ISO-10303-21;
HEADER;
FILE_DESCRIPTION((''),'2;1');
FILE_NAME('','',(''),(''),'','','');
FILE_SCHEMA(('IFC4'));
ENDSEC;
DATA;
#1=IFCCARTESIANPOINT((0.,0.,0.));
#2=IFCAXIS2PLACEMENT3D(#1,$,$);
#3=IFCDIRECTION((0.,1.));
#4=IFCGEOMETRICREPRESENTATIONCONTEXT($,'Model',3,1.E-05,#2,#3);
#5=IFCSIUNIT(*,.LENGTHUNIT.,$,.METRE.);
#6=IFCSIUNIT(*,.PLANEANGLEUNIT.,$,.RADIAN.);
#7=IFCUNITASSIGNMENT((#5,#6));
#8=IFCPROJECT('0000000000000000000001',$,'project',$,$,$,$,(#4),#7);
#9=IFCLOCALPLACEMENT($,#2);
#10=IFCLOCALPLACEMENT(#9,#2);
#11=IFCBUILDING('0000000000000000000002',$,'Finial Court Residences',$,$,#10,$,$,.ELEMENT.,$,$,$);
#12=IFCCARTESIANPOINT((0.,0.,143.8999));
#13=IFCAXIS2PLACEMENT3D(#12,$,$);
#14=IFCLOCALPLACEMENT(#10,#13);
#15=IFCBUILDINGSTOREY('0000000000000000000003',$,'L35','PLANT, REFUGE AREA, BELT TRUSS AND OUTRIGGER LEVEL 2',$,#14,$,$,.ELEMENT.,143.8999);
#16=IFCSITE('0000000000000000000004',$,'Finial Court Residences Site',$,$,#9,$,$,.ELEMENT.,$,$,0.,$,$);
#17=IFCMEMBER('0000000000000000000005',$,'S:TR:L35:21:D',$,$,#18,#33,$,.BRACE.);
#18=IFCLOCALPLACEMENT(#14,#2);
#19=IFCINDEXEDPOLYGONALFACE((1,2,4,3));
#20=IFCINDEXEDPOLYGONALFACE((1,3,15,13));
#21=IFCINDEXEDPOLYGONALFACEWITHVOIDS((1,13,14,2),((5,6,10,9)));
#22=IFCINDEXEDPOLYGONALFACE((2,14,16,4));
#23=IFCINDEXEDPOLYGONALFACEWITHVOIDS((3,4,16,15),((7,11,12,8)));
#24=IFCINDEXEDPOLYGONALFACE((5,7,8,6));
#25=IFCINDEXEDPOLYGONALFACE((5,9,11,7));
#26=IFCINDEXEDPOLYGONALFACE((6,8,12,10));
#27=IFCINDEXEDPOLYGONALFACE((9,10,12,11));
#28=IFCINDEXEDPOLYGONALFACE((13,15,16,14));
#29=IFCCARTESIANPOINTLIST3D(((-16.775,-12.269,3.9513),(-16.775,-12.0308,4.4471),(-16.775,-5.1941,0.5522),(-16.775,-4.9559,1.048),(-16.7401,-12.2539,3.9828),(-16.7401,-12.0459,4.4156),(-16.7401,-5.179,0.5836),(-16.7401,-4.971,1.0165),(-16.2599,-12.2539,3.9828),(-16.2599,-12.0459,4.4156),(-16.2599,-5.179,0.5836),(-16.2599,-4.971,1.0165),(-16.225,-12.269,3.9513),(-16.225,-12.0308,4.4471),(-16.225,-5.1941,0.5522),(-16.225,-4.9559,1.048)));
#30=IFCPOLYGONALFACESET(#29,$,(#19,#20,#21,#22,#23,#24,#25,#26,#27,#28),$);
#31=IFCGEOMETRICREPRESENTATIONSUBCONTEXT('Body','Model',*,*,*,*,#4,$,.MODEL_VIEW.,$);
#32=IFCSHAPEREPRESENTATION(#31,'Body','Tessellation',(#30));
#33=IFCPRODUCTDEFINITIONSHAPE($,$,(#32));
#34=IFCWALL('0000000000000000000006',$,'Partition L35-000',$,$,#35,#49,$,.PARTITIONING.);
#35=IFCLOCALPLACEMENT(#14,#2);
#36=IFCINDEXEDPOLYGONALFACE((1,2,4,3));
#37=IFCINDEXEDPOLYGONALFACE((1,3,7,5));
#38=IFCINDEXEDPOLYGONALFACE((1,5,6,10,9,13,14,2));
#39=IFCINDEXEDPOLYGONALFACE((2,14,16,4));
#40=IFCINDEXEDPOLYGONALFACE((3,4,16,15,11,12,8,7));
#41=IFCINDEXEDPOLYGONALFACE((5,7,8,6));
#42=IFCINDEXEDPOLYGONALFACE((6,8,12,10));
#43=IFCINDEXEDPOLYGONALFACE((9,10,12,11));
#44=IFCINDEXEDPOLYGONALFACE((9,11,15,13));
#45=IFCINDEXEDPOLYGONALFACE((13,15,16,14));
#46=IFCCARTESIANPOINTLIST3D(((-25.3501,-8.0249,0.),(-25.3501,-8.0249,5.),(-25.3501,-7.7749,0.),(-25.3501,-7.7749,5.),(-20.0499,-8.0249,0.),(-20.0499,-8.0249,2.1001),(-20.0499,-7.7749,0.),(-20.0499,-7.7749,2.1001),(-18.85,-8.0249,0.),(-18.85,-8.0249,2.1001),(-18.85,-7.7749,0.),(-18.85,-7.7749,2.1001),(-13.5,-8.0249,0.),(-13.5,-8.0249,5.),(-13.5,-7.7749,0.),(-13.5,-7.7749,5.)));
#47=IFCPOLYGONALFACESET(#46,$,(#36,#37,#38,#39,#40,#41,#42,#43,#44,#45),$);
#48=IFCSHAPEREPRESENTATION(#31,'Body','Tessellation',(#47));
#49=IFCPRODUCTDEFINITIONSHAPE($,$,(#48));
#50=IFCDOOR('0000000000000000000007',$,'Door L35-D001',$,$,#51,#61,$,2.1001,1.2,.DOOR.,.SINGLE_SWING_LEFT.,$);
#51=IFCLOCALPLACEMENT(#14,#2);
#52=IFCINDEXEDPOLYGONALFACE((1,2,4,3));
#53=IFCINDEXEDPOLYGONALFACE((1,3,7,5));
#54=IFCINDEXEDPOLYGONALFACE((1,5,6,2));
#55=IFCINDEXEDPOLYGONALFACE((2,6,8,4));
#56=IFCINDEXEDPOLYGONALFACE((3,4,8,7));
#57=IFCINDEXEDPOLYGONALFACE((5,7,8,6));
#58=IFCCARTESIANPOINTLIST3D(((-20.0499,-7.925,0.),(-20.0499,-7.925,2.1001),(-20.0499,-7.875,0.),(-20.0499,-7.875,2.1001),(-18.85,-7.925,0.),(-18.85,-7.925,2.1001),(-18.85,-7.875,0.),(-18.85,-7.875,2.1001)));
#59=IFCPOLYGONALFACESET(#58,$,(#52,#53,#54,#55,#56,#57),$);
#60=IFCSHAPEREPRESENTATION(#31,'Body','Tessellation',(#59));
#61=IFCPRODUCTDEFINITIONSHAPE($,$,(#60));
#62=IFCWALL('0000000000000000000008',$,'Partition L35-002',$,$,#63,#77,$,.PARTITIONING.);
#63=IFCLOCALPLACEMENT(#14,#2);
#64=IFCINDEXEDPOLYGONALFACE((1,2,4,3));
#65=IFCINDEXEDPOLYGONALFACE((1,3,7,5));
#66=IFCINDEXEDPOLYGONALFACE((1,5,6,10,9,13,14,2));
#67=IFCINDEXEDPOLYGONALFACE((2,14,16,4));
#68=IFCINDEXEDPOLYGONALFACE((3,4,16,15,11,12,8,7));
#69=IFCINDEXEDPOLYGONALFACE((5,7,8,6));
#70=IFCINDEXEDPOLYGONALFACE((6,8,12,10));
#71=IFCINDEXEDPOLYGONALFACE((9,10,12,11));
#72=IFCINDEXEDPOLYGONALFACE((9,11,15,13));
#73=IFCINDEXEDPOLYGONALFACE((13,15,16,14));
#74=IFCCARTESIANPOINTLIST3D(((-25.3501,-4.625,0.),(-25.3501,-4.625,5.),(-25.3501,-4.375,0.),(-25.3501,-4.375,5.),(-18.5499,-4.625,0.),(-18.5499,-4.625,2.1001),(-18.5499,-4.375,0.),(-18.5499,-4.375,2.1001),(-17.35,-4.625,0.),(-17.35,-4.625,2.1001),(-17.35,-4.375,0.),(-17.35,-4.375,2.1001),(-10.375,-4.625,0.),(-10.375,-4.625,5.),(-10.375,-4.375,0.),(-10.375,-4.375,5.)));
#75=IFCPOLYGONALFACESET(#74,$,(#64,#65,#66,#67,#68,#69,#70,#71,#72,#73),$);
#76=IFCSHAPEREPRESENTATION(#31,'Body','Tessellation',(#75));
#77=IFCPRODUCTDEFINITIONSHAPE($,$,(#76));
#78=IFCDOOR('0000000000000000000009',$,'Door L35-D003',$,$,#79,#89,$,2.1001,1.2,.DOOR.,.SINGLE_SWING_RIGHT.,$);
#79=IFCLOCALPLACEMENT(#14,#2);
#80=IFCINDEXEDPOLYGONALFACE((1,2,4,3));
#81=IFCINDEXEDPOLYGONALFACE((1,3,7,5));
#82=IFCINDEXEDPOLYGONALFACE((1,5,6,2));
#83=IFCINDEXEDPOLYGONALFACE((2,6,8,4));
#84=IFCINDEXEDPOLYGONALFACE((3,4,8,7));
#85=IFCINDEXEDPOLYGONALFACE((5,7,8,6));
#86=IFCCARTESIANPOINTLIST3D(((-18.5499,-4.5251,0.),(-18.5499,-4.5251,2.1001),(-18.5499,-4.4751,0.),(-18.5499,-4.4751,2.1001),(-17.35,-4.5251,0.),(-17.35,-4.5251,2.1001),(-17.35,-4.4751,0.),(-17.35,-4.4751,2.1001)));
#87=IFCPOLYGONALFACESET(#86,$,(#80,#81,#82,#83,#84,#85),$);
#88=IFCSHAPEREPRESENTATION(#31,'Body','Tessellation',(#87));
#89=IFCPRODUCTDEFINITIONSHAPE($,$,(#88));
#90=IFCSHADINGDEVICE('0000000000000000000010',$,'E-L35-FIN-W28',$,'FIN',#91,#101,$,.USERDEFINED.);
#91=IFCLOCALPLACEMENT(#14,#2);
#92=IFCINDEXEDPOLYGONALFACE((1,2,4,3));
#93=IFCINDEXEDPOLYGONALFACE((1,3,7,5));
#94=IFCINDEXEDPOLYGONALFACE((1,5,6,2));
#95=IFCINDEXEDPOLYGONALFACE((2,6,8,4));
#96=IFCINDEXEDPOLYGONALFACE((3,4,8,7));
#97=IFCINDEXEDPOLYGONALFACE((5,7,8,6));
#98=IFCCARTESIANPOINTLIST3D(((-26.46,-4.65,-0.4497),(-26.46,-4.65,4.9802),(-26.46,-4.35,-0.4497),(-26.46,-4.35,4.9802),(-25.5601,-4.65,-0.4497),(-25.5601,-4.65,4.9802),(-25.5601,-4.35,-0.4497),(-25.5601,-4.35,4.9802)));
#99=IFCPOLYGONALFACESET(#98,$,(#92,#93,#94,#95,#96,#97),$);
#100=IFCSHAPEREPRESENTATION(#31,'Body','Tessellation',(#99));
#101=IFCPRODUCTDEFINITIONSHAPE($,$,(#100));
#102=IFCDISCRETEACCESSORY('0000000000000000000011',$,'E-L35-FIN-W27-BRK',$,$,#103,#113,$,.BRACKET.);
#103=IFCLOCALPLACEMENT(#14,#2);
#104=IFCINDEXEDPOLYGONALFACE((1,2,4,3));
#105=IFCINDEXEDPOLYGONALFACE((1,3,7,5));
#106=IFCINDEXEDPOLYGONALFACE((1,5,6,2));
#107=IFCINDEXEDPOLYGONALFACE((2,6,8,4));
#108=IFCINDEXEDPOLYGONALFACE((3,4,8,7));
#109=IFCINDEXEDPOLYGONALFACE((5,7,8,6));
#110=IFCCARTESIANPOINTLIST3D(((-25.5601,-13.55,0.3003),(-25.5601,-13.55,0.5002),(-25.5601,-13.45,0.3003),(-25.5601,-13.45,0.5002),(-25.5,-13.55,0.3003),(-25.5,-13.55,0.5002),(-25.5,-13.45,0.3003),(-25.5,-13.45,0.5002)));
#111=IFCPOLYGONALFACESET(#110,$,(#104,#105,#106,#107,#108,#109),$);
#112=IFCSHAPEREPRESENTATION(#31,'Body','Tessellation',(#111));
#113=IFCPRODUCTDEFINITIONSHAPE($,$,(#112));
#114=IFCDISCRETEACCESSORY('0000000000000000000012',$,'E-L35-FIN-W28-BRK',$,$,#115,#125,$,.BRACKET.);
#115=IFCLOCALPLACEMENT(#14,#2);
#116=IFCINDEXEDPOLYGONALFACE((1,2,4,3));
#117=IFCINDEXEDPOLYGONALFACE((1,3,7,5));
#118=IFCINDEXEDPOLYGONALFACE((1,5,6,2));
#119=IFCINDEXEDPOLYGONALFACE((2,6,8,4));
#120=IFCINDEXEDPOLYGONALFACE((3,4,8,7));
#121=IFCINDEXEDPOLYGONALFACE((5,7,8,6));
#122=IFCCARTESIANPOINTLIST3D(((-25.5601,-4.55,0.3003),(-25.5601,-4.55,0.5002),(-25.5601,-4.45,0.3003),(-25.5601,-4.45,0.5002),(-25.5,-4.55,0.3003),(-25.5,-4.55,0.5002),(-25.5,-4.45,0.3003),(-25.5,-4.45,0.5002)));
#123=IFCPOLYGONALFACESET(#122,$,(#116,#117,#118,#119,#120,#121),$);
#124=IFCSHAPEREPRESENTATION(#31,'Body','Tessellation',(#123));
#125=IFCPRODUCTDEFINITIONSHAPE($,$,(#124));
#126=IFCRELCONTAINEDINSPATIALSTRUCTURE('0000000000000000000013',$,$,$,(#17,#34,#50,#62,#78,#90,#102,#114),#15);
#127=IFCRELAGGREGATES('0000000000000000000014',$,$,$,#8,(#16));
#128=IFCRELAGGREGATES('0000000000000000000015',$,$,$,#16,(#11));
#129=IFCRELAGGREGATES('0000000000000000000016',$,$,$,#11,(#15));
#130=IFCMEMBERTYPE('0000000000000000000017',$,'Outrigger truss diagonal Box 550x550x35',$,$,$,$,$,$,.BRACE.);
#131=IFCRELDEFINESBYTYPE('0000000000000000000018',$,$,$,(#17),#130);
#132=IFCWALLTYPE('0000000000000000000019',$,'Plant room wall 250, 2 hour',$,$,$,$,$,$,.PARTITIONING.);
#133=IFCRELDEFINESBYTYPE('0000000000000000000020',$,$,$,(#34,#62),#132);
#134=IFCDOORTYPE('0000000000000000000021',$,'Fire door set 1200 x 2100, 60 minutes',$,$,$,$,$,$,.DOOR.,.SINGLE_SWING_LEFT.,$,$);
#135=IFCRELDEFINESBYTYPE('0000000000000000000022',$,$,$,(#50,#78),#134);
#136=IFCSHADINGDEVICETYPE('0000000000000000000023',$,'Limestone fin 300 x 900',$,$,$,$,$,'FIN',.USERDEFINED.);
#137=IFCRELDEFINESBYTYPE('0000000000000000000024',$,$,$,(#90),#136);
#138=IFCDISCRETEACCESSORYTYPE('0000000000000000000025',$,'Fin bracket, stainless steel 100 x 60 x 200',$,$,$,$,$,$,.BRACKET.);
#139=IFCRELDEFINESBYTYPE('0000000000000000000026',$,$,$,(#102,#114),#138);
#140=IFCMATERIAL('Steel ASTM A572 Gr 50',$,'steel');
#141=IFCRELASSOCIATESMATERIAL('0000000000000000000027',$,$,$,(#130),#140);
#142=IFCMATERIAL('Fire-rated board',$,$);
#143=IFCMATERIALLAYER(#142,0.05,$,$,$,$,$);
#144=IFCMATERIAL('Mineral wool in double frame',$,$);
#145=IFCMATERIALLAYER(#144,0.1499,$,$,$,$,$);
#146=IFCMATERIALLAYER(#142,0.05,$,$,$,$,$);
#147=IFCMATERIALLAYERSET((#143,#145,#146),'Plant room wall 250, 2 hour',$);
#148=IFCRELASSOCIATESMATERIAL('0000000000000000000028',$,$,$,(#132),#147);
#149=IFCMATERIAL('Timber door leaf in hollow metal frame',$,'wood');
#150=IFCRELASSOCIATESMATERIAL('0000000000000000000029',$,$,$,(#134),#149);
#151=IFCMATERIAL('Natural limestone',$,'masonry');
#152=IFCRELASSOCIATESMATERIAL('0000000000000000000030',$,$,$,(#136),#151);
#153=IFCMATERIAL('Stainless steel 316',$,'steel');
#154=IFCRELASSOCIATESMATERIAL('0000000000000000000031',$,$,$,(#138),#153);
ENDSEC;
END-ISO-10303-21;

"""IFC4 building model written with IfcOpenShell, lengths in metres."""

from ifc_helpers import new_model, si_unit, direction, frame, frame_2d, origin, origin_2d, place, context, subcontext, project, spatial, rectangle, hollow_rectangle, extrude, material, layer, layer_set, material_profile, profile_set, type_object, element, fill, save


model = new_model("IFC4")

# Units and contexts
model_context = context("Model", 3, precision=1e-05, world=origin(), true_north=direction((0.0, 1.0)))
body_context = subcontext(model_context, "Body", "Model", "MODEL_VIEW")
ifc_project = project(units=[si_unit("LENGTHUNIT", "METRE"), si_unit("PLANEANGLEUNIT", "RADIAN")], contexts=[model_context])

# Site, building, storey
site_placement = place(None, origin())
site = spatial("IfcSite", under=ifc_project, at=site_placement, Name="Finial Court Residences Site", CompositionType="ELEMENT", RefElevation=0.0)
building_placement = place(site_placement, origin())
building = spatial("IfcBuilding", under=site, at=building_placement, Name="Finial Court Residences", CompositionType="ELEMENT")
storey_placement = place(building_placement, frame((0.0, 0.0, 143.8999)))
storey = spatial("IfcBuildingStorey", under=building, at=storey_placement, Name="L35", Description="PLANT, REFUGE AREA, BELT TRUSS AND OUTRIGGER LEVEL 2", CompositionType="ELEMENT", Elevation=143.8999)

# Member
ifc_material_1 = material(Name="Steel ASTM A572 Gr 50", Category="steel")
ifc_material_profile_1 = material_profile(ifc_material_1, hollow_rectangle(XDim=0.55, YDim=0.55, WallThickness=0.0349, at=origin_2d()), Name="Box 550x550x35")
ifc_profile_set_1 = profile_set([ifc_material_profile_1], Name="Steel ASTM A572 Gr 50")
member_type_1 = type_object("IfcMemberType", Name="Outrigger truss diagonal Box 550x550x35", PredefinedType="BRACE", material=ifc_profile_set_1)
member_1_placement = place(storey_placement, frame((-16.5, -12.1499, 4.1992), z_axis=(0.0, 0.901364, -0.433062), x_axis=(-1.0, 0.0, 0.0)))
element("IfcMember", 1, at=member_1_placement, inside=storey, type_object=member_type_1, Name="S:TR:L35:21:D", PredefinedType="BRACE", context=body_context, shape_type="SweptSolid", body=[
    extrude(hollow_rectangle(XDim=0.55, YDim=0.55, WallThickness=0.0349, at=origin_2d()), origin(), (0.0, 0.0, 1.0), 7.8491),
])

# Walls, openings, doors
ifc_material_2 = material(Name="Fire-rated board")
ifc_layer_1 = layer(ifc_material_2, 0.05)
ifc_material_3 = material(Name="Mineral wool in double frame")
ifc_layer_2 = layer(ifc_material_3, 0.1499)
ifc_layer_3 = layer(ifc_material_2, 0.05)
ifc_layer_set = layer_set([ifc_layer_1, ifc_layer_2, ifc_layer_3], Name="Plant room wall 250, 2 hour")
wall_type = type_object("IfcWallType", Name="Plant room wall 250, 2 hour", PredefinedType="PARTITIONING", material=ifc_layer_set)
wall_1_placement = place(storey_placement, frame((-25.3501, -7.8999, 0.0), z_axis=(0.0, 0.0, 1.0), x_axis=(1.0, 0.0, 0.0)))
wall_1 = element("IfcWall", 2, at=wall_1_placement, inside=storey, type_object=wall_type, Name="Partition L35-000", PredefinedType="PARTITIONING", context=body_context, shape_type="SweptSolid", body=[
    extrude(rectangle(XDim=11.8501, YDim=0.25, at=frame_2d((5.925, 0.0))), origin(), (0.0, 0.0, 1.0), 5.0),
])
opening_1_placement = place(wall_1_placement, frame((5.3, 0.0, 0.0)))
opening_1 = element("IfcOpeningElement", 3, at=opening_1_placement, cuts=wall_1, PredefinedType="OPENING", context=body_context, shape_type="SweptSolid", body=[
    extrude(rectangle(XDim=1.2, YDim=2.1001, at=frame_2d((0.6001, 1.05))), frame((0.0, 0.135, 0.0), z_axis=(0.0, -1.0, 0.0), x_axis=(1.0, 0.0, 0.0)), (0.0, 0.0, 1.0), 0.27),
])
ifc_material_4 = material(Name="Timber door leaf in hollow metal frame", Category="wood")
door_type = type_object("IfcDoorType", Name="Fire door set 1200 x 2100, 60 minutes", OperationType="SINGLE_SWING_LEFT", PredefinedType="DOOR", material=ifc_material_4)
door_1_placement = place(opening_1_placement, origin())
door_1 = element("IfcDoor", 4, at=door_1_placement, inside=storey, type_object=door_type, Name="Door L35-D001", OperationType="SINGLE_SWING_LEFT", OverallHeight=2.1001, OverallWidth=1.2, PredefinedType="DOOR", context=body_context, shape_type="SweptSolid", body=[
    extrude(rectangle(XDim=1.2, YDim=2.1001, at=frame_2d((0.6001, 1.05))), frame((0.0, 0.0249, 0.0), z_axis=(0.0, -1.0, 0.0), x_axis=(1.0, 0.0, 0.0)), (0.0, 0.0, 1.0), 0.05),
])
fill(opening_1, door_1)
wall_2_placement = place(storey_placement, frame((-25.3501, -4.5, 0.0), z_axis=(0.0, 0.0, 1.0), x_axis=(1.0, 0.0, 0.0)))
wall_2 = element("IfcWall", 5, at=wall_2_placement, inside=storey, type_object=wall_type, Name="Partition L35-002", PredefinedType="PARTITIONING", context=body_context, shape_type="SweptSolid", body=[
    extrude(rectangle(XDim=14.9751, YDim=0.25, at=frame_2d((7.4875, 0.0))), origin(), (0.0, 0.0, 1.0), 5.0),
])
opening_2_placement = place(wall_2_placement, frame((6.8, 0.0, 0.0)))
opening_2 = element("IfcOpeningElement", 6, at=opening_2_placement, cuts=wall_2, PredefinedType="OPENING", context=body_context, shape_type="SweptSolid", body=[
    extrude(rectangle(XDim=1.2, YDim=2.1001, at=frame_2d((0.6001, 1.05))), frame((0.0, 0.135, 0.0), z_axis=(0.0, -1.0, 0.0), x_axis=(1.0, 0.0, 0.0)), (0.0, 0.0, 1.0), 0.27),
])
door_2_placement = place(opening_2_placement, origin())
door_2 = element("IfcDoor", 7, at=door_2_placement, inside=storey, type_object=door_type, Name="Door L35-D003", OperationType="SINGLE_SWING_RIGHT", OverallHeight=2.1001, OverallWidth=1.2, PredefinedType="DOOR", context=body_context, shape_type="SweptSolid", body=[
    extrude(rectangle(XDim=1.2, YDim=2.1001, at=frame_2d((0.6001, 1.05))), frame((0.0, 0.0249, 0.0), z_axis=(0.0, -1.0, 0.0), x_axis=(1.0, 0.0, 0.0)), (0.0, 0.0, 1.0), 0.05),
])
fill(opening_2, door_2)

# Shading device
ifc_material_5 = material(Name="Natural limestone", Category="masonry")
shading_device_type = type_object("IfcShadingDeviceType", Name="Limestone fin 300 x 900", ElementType="FIN", PredefinedType="USERDEFINED", material=ifc_material_5)
shading_device_placement = place(storey_placement, frame((-26.01, -4.5, -0.4497), z_axis=(0.0, 0.0, 1.0), x_axis=(1.0, 0.0, 0.0)))
element("IfcShadingDevice", 8, at=shading_device_placement, inside=storey, type_object=shading_device_type, Name="E-L35-FIN-W28", ObjectType="FIN", PredefinedType="USERDEFINED", context=body_context, shape_type="SweptSolid", body=[
    extrude(rectangle(XDim=0.8999, YDim=0.3, at=origin_2d()), origin(), (0.0, 0.0, 1.0), 5.4299),
])

# Discrete accessories
ifc_material_6 = material(Name="Stainless steel 316", Category="steel")
discrete_accessory_type = type_object("IfcDiscreteAccessoryType", Name="Fin bracket, stainless steel 100 x 60 x 200", PredefinedType="BRACKET", material=ifc_material_6)
for number, where, z_axis, x_axis, name in (
    (9, (-25.53, -13.5, 0.3003), (0.0, 0.0, 1.0), (1.0, 0.0, 0.0), "E-L35-FIN-W27-BRK"),
    (10, (-25.53, -4.5, 0.3003), (0.0, 0.0, 1.0), (1.0, 0.0, 0.0), "E-L35-FIN-W28-BRK"),
):
    element("IfcDiscreteAccessory", number, at=place(storey_placement, frame(where, z_axis=z_axis, x_axis=x_axis)), inside=storey, type_object=discrete_accessory_type, Name=name, PredefinedType="BRACKET", context=body_context, shape_type="SweptSolid", body=[
        extrude(rectangle(XDim=0.0601, YDim=0.1001, at=origin_2d()), origin(), (0.0, 0.0, 1.0), 0.2),
    ])

save(model, "model.ifc")
